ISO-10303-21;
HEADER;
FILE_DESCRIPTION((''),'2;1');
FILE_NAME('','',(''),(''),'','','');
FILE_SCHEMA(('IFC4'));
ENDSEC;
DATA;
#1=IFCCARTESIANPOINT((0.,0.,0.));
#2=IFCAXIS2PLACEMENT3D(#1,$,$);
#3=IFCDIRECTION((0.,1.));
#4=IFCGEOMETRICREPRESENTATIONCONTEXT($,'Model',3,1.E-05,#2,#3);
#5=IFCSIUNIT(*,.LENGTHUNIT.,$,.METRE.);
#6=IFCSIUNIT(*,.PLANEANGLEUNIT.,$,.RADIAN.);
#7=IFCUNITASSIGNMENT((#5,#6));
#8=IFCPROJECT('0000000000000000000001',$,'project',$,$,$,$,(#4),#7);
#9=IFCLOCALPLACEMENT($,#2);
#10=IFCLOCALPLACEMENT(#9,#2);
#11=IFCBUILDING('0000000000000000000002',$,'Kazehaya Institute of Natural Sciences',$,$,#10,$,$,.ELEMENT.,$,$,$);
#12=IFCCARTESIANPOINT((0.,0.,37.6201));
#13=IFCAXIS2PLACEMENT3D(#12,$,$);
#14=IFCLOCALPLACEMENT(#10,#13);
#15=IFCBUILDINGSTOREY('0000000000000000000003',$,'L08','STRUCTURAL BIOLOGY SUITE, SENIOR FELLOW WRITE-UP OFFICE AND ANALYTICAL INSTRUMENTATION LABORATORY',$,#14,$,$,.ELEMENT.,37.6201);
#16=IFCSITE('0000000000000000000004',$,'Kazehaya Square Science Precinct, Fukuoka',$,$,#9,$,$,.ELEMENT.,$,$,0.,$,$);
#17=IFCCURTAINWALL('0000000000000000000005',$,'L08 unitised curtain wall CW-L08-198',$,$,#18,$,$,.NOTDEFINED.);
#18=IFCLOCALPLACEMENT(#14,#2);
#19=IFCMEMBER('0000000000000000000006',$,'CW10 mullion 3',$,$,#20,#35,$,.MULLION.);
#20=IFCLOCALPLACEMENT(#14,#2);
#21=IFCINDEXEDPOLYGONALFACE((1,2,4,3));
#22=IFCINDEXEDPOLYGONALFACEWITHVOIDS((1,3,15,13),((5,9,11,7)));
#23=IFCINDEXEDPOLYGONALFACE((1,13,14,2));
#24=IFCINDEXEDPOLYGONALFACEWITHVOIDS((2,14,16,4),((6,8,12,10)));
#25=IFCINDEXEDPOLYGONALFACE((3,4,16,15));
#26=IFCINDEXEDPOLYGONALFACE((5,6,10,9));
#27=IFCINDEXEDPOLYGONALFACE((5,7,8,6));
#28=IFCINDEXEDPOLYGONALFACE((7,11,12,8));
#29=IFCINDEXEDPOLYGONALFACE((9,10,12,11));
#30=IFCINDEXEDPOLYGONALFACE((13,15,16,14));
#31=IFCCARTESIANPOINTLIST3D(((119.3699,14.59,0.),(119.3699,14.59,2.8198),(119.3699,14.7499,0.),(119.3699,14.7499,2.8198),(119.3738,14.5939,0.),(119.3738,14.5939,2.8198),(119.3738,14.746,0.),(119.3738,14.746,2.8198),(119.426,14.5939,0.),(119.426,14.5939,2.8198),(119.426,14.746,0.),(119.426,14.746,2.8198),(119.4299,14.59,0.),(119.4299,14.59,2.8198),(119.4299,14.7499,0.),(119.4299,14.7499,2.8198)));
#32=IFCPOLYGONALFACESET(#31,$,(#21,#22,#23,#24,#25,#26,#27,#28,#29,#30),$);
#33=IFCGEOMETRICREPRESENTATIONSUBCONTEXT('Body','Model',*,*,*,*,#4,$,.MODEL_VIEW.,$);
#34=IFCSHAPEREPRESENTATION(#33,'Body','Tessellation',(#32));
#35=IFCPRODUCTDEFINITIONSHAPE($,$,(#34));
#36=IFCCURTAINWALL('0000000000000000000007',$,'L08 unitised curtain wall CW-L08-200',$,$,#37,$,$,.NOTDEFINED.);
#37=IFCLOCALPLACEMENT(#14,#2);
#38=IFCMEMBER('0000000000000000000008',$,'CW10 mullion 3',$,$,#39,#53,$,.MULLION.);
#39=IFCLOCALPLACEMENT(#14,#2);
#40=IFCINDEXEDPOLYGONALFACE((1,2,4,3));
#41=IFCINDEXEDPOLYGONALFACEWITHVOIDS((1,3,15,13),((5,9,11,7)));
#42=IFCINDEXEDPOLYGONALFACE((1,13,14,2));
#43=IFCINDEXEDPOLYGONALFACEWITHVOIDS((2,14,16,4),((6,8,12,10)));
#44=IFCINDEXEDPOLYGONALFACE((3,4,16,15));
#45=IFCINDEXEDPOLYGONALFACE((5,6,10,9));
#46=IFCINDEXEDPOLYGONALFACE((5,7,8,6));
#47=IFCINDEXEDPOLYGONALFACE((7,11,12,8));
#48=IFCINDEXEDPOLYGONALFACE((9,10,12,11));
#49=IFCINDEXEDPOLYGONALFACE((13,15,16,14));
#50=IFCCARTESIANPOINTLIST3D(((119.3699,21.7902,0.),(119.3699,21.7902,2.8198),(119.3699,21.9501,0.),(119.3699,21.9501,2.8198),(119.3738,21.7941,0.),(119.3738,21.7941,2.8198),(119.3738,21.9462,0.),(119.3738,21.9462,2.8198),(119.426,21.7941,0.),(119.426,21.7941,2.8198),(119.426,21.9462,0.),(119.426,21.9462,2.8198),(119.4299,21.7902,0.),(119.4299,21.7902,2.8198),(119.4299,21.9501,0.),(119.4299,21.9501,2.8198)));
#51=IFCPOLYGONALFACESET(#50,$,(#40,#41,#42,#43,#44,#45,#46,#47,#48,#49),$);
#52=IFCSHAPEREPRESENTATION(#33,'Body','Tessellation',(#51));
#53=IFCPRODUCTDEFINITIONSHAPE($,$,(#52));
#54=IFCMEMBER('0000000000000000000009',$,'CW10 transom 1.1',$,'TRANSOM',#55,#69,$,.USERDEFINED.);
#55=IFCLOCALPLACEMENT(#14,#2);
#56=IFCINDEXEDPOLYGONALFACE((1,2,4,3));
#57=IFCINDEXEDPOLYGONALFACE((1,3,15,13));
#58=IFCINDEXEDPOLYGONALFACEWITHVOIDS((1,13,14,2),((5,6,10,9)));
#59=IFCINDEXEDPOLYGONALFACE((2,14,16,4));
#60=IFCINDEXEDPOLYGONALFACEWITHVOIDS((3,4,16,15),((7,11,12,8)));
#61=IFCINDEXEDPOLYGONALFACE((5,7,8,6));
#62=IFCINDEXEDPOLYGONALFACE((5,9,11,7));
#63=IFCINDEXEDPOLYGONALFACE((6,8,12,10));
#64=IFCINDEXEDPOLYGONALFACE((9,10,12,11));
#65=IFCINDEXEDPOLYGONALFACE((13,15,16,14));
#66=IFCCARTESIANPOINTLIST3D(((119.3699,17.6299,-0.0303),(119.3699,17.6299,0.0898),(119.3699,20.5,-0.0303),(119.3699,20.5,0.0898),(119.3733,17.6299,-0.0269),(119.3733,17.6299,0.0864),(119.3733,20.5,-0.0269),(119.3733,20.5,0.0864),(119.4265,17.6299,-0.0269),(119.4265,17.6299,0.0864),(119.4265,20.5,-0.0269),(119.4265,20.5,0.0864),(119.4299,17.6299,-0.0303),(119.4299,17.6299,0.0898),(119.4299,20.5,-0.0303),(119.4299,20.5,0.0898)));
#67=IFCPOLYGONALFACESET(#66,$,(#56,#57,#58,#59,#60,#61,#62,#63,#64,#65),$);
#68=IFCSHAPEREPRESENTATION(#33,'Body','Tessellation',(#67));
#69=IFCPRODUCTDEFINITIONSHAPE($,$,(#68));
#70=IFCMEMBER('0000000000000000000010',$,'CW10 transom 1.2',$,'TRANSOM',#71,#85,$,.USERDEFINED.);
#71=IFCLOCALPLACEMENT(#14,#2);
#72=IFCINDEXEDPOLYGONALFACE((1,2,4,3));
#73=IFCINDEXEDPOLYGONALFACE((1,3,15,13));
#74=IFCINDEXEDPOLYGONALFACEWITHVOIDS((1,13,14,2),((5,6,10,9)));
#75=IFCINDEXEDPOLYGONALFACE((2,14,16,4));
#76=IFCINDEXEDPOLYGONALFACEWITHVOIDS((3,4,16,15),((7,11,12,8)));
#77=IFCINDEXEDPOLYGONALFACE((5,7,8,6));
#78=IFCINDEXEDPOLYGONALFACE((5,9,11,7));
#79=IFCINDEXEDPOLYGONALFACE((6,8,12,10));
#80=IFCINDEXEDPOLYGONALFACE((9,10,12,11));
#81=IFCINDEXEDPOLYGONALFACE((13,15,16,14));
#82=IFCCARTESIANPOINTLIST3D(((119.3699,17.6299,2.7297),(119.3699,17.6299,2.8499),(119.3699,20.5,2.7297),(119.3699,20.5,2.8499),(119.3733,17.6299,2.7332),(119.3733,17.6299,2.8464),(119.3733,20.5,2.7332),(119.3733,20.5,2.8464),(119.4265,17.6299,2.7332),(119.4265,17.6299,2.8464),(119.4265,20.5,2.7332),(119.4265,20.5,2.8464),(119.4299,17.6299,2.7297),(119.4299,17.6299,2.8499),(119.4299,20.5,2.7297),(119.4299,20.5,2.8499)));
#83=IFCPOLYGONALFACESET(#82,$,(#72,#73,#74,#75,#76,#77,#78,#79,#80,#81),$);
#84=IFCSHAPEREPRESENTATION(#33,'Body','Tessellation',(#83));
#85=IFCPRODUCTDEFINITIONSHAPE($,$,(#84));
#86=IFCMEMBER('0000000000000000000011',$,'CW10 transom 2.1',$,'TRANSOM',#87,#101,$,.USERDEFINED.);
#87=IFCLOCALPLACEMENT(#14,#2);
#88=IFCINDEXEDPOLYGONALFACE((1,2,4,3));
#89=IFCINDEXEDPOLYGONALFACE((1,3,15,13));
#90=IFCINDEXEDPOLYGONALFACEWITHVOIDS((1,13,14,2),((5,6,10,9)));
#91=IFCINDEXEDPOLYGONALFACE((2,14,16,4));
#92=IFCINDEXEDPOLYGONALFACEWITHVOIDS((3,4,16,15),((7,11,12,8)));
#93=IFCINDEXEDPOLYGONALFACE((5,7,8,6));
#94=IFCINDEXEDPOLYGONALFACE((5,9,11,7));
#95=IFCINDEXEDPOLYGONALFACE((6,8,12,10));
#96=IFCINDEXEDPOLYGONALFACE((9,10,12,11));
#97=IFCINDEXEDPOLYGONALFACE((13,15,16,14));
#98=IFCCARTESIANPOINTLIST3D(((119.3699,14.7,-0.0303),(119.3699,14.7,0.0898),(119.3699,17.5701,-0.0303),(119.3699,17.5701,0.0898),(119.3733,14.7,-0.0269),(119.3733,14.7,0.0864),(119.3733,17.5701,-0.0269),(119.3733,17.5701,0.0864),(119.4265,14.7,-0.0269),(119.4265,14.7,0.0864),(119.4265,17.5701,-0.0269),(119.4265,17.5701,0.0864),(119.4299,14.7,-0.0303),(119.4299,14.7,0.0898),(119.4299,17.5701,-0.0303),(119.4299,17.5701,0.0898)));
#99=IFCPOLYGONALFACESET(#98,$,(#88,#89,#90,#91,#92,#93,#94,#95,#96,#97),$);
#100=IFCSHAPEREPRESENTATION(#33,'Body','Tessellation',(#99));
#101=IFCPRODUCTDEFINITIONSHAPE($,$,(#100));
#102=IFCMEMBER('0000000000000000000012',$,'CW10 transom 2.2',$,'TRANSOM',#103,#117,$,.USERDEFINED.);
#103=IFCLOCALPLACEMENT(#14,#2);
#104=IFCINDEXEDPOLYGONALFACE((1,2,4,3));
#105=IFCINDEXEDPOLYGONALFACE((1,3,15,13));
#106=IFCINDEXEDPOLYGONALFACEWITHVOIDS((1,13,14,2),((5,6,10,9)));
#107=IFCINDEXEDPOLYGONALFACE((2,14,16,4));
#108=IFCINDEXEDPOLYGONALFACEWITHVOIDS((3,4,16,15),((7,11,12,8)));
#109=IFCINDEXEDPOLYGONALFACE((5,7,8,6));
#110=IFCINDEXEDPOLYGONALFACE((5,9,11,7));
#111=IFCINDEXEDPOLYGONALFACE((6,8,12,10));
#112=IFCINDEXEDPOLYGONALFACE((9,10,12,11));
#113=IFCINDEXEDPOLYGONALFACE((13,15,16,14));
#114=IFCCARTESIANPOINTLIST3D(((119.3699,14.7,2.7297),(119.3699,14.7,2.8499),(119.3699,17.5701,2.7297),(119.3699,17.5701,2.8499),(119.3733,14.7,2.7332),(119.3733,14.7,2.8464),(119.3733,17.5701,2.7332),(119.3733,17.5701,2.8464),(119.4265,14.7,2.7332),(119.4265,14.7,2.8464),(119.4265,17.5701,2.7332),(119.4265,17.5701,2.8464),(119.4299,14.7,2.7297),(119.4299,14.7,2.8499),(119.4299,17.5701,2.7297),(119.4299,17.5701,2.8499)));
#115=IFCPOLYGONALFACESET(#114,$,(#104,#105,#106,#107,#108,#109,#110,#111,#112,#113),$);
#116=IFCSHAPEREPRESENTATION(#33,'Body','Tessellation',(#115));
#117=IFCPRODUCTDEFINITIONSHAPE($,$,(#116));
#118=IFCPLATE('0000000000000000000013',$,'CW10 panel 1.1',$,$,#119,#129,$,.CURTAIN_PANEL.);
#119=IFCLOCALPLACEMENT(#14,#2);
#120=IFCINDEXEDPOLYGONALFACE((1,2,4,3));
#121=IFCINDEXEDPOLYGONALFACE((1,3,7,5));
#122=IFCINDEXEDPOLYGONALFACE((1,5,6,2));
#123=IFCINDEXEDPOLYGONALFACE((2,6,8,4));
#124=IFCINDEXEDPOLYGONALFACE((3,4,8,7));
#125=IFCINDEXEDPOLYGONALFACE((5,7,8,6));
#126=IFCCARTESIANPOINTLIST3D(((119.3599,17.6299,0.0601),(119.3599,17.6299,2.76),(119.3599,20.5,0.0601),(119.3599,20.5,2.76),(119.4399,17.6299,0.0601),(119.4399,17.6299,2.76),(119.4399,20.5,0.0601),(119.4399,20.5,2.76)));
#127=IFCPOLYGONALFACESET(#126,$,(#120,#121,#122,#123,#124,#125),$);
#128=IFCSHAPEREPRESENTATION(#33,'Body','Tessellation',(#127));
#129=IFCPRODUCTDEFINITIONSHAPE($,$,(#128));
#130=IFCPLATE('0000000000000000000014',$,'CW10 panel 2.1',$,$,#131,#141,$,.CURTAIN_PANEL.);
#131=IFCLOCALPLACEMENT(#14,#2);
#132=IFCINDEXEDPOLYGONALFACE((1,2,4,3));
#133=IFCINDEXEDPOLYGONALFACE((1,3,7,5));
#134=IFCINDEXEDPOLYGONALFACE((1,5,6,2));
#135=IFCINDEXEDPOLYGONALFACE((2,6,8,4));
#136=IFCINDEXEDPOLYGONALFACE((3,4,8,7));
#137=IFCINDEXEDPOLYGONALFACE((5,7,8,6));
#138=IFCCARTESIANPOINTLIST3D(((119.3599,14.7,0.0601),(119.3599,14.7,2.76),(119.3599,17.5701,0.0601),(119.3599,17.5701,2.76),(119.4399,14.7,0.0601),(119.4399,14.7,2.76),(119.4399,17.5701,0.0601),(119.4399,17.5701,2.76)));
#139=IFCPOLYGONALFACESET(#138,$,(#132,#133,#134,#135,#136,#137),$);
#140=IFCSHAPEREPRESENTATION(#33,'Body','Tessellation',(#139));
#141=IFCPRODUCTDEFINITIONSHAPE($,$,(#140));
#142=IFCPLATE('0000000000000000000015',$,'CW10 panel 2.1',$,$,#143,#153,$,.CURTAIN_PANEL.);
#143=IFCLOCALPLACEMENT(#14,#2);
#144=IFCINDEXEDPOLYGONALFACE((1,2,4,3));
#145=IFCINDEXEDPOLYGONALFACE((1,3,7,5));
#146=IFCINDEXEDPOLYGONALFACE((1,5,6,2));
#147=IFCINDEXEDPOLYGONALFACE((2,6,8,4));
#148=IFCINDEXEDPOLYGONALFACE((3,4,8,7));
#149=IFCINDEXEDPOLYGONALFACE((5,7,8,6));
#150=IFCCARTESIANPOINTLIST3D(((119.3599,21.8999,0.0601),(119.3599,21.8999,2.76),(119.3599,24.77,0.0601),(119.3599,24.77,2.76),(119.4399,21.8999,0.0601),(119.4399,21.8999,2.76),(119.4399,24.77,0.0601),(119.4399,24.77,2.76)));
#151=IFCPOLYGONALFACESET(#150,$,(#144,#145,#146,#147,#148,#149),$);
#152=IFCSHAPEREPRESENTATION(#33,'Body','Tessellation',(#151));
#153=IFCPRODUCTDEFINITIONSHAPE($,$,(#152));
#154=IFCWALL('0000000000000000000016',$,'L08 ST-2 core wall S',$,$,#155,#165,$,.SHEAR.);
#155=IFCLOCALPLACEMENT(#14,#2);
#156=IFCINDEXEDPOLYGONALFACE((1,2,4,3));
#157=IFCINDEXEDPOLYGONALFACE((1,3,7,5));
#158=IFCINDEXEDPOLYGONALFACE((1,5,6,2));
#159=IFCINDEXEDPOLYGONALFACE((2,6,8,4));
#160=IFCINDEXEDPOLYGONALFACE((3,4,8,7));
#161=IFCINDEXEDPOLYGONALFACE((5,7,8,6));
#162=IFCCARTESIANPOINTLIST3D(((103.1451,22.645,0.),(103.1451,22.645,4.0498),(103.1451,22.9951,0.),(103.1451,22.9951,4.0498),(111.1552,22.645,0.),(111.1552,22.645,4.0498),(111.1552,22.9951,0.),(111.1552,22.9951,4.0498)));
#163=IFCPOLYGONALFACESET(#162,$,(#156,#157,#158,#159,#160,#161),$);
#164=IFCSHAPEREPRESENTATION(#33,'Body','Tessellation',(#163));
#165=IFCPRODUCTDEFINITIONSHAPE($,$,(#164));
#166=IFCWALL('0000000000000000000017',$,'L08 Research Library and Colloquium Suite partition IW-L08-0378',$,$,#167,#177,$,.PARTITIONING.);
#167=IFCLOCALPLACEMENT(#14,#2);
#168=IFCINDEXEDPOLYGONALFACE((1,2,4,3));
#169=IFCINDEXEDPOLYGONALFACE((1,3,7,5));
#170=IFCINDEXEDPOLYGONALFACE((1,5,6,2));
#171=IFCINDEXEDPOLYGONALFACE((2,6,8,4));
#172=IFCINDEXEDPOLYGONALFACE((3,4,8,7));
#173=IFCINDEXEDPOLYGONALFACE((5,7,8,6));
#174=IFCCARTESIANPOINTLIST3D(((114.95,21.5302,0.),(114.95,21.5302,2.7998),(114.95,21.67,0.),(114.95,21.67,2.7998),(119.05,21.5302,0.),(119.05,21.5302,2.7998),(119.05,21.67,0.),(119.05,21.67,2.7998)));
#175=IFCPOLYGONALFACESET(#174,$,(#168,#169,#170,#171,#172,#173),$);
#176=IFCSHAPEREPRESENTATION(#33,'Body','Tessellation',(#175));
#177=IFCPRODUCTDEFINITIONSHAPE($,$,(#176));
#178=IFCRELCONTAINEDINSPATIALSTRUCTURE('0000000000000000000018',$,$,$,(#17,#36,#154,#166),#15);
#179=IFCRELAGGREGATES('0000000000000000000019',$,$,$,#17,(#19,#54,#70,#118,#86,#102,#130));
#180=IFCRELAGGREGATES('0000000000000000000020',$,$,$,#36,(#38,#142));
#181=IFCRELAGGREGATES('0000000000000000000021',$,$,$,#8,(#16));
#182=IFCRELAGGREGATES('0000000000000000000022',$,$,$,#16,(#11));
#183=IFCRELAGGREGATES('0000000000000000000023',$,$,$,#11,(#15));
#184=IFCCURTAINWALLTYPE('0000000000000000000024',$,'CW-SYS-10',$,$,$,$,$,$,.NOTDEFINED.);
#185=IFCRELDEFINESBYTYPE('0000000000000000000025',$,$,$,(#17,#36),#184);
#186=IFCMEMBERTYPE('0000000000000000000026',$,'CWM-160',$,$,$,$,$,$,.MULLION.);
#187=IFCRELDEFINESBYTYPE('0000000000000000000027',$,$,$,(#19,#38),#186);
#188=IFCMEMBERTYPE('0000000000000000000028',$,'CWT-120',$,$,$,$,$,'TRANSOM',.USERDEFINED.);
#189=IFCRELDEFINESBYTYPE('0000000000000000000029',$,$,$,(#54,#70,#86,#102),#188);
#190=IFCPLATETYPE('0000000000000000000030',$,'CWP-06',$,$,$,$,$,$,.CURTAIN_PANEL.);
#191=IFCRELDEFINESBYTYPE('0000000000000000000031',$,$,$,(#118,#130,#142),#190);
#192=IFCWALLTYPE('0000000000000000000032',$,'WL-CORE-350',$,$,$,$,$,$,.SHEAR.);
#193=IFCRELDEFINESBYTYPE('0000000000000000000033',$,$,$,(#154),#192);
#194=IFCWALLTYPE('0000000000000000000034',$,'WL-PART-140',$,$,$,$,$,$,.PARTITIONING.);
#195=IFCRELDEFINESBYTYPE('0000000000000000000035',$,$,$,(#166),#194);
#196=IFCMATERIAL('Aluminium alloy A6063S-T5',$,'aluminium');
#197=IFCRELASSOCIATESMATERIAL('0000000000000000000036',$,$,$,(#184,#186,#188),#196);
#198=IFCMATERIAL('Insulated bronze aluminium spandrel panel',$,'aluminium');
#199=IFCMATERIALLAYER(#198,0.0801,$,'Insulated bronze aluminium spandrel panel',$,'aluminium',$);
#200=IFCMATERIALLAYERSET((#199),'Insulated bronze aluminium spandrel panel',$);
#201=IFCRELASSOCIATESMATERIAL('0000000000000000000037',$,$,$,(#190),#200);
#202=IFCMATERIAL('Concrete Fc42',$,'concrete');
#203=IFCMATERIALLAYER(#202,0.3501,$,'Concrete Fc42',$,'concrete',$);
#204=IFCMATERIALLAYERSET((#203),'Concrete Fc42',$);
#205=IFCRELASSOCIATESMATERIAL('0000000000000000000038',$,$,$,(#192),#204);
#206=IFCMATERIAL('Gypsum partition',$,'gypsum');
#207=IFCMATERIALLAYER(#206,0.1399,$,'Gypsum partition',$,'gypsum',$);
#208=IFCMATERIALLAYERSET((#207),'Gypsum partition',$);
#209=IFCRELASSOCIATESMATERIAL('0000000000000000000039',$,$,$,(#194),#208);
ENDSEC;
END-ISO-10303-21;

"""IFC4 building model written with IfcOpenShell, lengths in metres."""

from ifc_helpers import new_model, si_unit, direction, frame, frame_2d, origin, origin_2d, place, context, subcontext, project, spatial, rectangle, hollow_rectangle, extrude, material, layer, layer_set, material_profile, profile_set, type_object, element, aggregate, save


model = new_model("IFC4")

# Units and contexts
model_context = context("Model", 3, precision=1e-05, world=origin(), true_north=direction((0.0, 1.0)))
body_context = subcontext(model_context, "Body", "Model", "MODEL_VIEW")
ifc_project = project(units=[si_unit("LENGTHUNIT", "METRE"), si_unit("PLANEANGLEUNIT", "RADIAN")], contexts=[model_context])

# Site, building, storey
site_placement = place(None, origin())
site = spatial("IfcSite", under=ifc_project, at=site_placement, Name="Kazehaya Square Science Precinct, Fukuoka", CompositionType="ELEMENT", RefElevation=0.0)
building_placement = place(site_placement, origin())
building = spatial("IfcBuilding", under=site, at=building_placement, Name="Kazehaya Institute of Natural Sciences", CompositionType="ELEMENT")
storey_placement = place(building_placement, frame((0.0, 0.0, 37.6201)))
storey = spatial("IfcBuildingStorey", under=building, at=storey_placement, Name="L08", Description="STRUCTURAL BIOLOGY SUITE, SENIOR FELLOW WRITE-UP OFFICE AND ANALYTICAL INSTRUMENTATION LABORATORY", CompositionType="ELEMENT", Elevation=37.6201)

# Curtain wall, member
ifc_material_1 = material(Name="Aluminium alloy A6063S-T5", Category="aluminium")
curtain_wall_type = type_object("IfcCurtainWallType", Name="CW-SYS-10", PredefinedType="NOTDEFINED", material=ifc_material_1)
curtain_wall_1_placement = place(storey_placement, origin())
curtain_wall_1 = element("IfcCurtainWall", 1, at=curtain_wall_1_placement, inside=storey, type_object=curtain_wall_type, Name="L08 unitised curtain wall CW-L08-198", PredefinedType="NOTDEFINED")
ifc_material_profile_1 = material_profile(ifc_material_1, hollow_rectangle(XDim=0.0601, YDim=0.1599, WallThickness=0.0039, at=origin_2d()), Name="ALU-60x160x4")
ifc_profile_set_1 = profile_set([ifc_material_profile_1], Name="Aluminium alloy A6063S-T5")
member_type_1 = type_object("IfcMemberType", Name="CWM-160", PredefinedType="MULLION", material=ifc_profile_set_1)
member_1_placement = place(storey_placement, frame((119.3999, 14.6699, 0.0), z_axis=(0.0, 0.0, 1.0), x_axis=(1.0, 0.0, 0.0)))
member_1 = element("IfcMember", 2, at=member_1_placement, type_object=member_type_1, Name="CW10 mullion 3", PredefinedType="MULLION", context=body_context, shape_type="SweptSolid", body=[
    extrude(hollow_rectangle(XDim=0.0601, YDim=0.1599, WallThickness=0.0039, at=origin_2d()), origin(), (0.0, 0.0, 1.0), 2.8198),
])

# Curtain wall, member
curtain_wall_2_placement = place(storey_placement, origin())
curtain_wall_2 = element("IfcCurtainWall", 3, at=curtain_wall_2_placement, inside=storey, type_object=curtain_wall_type, Name="L08 unitised curtain wall CW-L08-200", PredefinedType="NOTDEFINED")
member_2_placement = place(storey_placement, frame((119.3999, 21.8701, 0.0), z_axis=(0.0, 0.0, 1.0), x_axis=(1.0, 0.0, 0.0)))
member_2 = element("IfcMember", 4, at=member_2_placement, type_object=member_type_1, Name="CW10 mullion 3", PredefinedType="MULLION", context=body_context, shape_type="SweptSolid", body=[
    extrude(hollow_rectangle(XDim=0.0601, YDim=0.1599, WallThickness=0.0039, at=origin_2d()), origin(), (0.0, 0.0, 1.0), 2.8198),
])

# Members
ifc_material_profile_2 = material_profile(ifc_material_1, hollow_rectangle(XDim=0.0601, YDim=0.1201, WallThickness=0.0034, at=origin_2d()), Name="ALU-60x120x3.5")
ifc_profile_set_2 = profile_set([ifc_material_profile_2], Name="Aluminium alloy A6063S-T5")
member_type_2 = type_object("IfcMemberType", Name="CWT-120", ElementType="TRANSOM", PredefinedType="USERDEFINED", material=ifc_profile_set_2)
member_3_placement = place(storey_placement, frame((119.3999, 20.5, 0.0298), z_axis=(0.0, -1.0, 0.0), x_axis=(1.0, 0.0, 0.0)))
member_3 = element("IfcMember", 5, at=member_3_placement, type_object=member_type_2, Name="CW10 transom 1.1", ObjectType="TRANSOM", PredefinedType="USERDEFINED", context=body_context, shape_type="SweptSolid", body=[
    extrude(hollow_rectangle(XDim=0.0601, YDim=0.1201, WallThickness=0.0034, at=origin_2d()), origin(), (0.0, 0.0, 1.0), 2.8701),
])
member_4_placement = place(storey_placement, frame((119.3999, 20.5, 2.7898), z_axis=(0.0, -1.0, 0.0), x_axis=(1.0, 0.0, 0.0)))
member_4 = element("IfcMember", 6, at=member_4_placement, type_object=member_type_2, Name="CW10 transom 1.2", ObjectType="TRANSOM", PredefinedType="USERDEFINED", context=body_context, shape_type="SweptSolid", body=[
    extrude(hollow_rectangle(XDim=0.0601, YDim=0.1201, WallThickness=0.0034, at=origin_2d()), origin(), (0.0, 0.0, 1.0), 2.8701),
])
member_5_placement = place(storey_placement, frame((119.3999, 17.5701, 0.0298), z_axis=(0.0, -1.0, 0.0), x_axis=(1.0, 0.0, 0.0)))
member_5 = element("IfcMember", 7, at=member_5_placement, type_object=member_type_2, Name="CW10 transom 2.1", ObjectType="TRANSOM", PredefinedType="USERDEFINED", context=body_context, shape_type="SweptSolid", body=[
    extrude(hollow_rectangle(XDim=0.0601, YDim=0.1201, WallThickness=0.0034, at=origin_2d()), origin(), (0.0, 0.0, 1.0), 2.8701),
])
member_6_placement = place(storey_placement, frame((119.3999, 17.5701, 2.7898), z_axis=(0.0, -1.0, 0.0), x_axis=(1.0, 0.0, 0.0)))
member_6 = element("IfcMember", 8, at=member_6_placement, type_object=member_type_2, Name="CW10 transom 2.2", ObjectType="TRANSOM", PredefinedType="USERDEFINED", context=body_context, shape_type="SweptSolid", body=[
    extrude(hollow_rectangle(XDim=0.0601, YDim=0.1201, WallThickness=0.0034, at=origin_2d()), origin(), (0.0, 0.0, 1.0), 2.8701),
])

# Plates
ifc_material_2 = material(Name="Insulated bronze aluminium spandrel panel", Category="aluminium")
ifc_layer_1 = layer(ifc_material_2, 0.0801, Name="Insulated bronze aluminium spandrel panel", Category="aluminium")
ifc_layer_set_1 = layer_set([ifc_layer_1], Name="Insulated bronze aluminium spandrel panel")
plate_type = type_object("IfcPlateType", Name="CWP-06", PredefinedType="CURTAIN_PANEL", material=ifc_layer_set_1)
plate_1_placement = place(storey_placement, frame((119.3999, 19.0649, 0.0601), z_axis=(0.0, 0.0, 1.0), x_axis=(0.0, -1.0, 0.0)))
plate_1 = element("IfcPlate", 9, at=plate_1_placement, type_object=plate_type, Name="CW10 panel 1.1", PredefinedType="CURTAIN_PANEL", context=body_context, shape_type="SweptSolid", body=[
    extrude(rectangle(XDim=2.8701, YDim=0.0801, at=origin_2d()), origin(), (0.0, 0.0, 1.0), 2.7),
])
plate_2_placement = place(storey_placement, frame((119.3999, 16.135, 0.0601), z_axis=(0.0, 0.0, 1.0), x_axis=(0.0, -1.0, 0.0)))
plate_2 = element("IfcPlate", 10, at=plate_2_placement, type_object=plate_type, Name="CW10 panel 2.1", PredefinedType="CURTAIN_PANEL", context=body_context, shape_type="SweptSolid", body=[
    extrude(rectangle(XDim=2.8701, YDim=0.0801, at=origin_2d()), origin(), (0.0, 0.0, 1.0), 2.7),
])
aggregate(curtain_wall_1, [member_1, member_3, member_4, plate_1, member_5, member_6, plate_2])
plate_3_placement = place(storey_placement, frame((119.3999, 23.335, 0.0601), z_axis=(0.0, 0.0, 1.0), x_axis=(0.0, -1.0, 0.0)))
plate_3 = element("IfcPlate", 11, at=plate_3_placement, type_object=plate_type, Name="CW10 panel 2.1", PredefinedType="CURTAIN_PANEL", context=body_context, shape_type="SweptSolid", body=[
    extrude(rectangle(XDim=2.8701, YDim=0.0801, at=origin_2d()), origin(), (0.0, 0.0, 1.0), 2.7),
])
aggregate(curtain_wall_2, [member_2, plate_3])

# Walls
ifc_material_3 = material(Name="Concrete Fc42", Category="concrete")
ifc_layer_2 = layer(ifc_material_3, 0.3501, Name="Concrete Fc42", Category="concrete")
ifc_layer_set_2 = layer_set([ifc_layer_2], Name="Concrete Fc42")
wall_type_1 = type_object("IfcWallType", Name="WL-CORE-350", PredefinedType="SHEAR", material=ifc_layer_set_2)
wall_1_placement = place(storey_placement, frame((111.155, 22.8201, 0.0), z_axis=(0.0, 0.0, 1.0), x_axis=(-1.0, 0.0, 0.0)))
element("IfcWall", 12, at=wall_1_placement, inside=storey, type_object=wall_type_1, Name="L08 ST-2 core wall S", PredefinedType="SHEAR", context=body_context, shape_type="SweptSolid", body=[
    extrude(rectangle(XDim=8.01, YDim=0.3501, at=frame_2d((4.0049, 0.0))), origin(), (0.0, 0.0, 1.0), 4.0498),
])
ifc_material_4 = material(Name="Gypsum partition", Category="gypsum")
ifc_layer_3 = layer(ifc_material_4, 0.1399, Name="Gypsum partition", Category="gypsum")
ifc_layer_set_3 = layer_set([ifc_layer_3], Name="Gypsum partition")
wall_type_2 = type_object("IfcWallType", Name="WL-PART-140", PredefinedType="PARTITIONING", material=ifc_layer_set_3)
wall_2_placement = place(storey_placement, frame((119.05, 21.6001, 0.0), z_axis=(0.0, 0.0, 1.0), x_axis=(-1.0, 0.0, 0.0)))
element("IfcWall", 13, at=wall_2_placement, inside=storey, type_object=wall_type_2, Name="L08 Research Library and Colloquium Suite partition IW-L08-0378", PredefinedType="PARTITIONING", context=body_context, shape_type="SweptSolid", body=[
    extrude(rectangle(XDim=4.1001, YDim=0.1399, at=frame_2d((2.05, 0.0))), origin(), (0.0, 0.0, 1.0), 2.7998),
])

save(model, "model.ifc")
